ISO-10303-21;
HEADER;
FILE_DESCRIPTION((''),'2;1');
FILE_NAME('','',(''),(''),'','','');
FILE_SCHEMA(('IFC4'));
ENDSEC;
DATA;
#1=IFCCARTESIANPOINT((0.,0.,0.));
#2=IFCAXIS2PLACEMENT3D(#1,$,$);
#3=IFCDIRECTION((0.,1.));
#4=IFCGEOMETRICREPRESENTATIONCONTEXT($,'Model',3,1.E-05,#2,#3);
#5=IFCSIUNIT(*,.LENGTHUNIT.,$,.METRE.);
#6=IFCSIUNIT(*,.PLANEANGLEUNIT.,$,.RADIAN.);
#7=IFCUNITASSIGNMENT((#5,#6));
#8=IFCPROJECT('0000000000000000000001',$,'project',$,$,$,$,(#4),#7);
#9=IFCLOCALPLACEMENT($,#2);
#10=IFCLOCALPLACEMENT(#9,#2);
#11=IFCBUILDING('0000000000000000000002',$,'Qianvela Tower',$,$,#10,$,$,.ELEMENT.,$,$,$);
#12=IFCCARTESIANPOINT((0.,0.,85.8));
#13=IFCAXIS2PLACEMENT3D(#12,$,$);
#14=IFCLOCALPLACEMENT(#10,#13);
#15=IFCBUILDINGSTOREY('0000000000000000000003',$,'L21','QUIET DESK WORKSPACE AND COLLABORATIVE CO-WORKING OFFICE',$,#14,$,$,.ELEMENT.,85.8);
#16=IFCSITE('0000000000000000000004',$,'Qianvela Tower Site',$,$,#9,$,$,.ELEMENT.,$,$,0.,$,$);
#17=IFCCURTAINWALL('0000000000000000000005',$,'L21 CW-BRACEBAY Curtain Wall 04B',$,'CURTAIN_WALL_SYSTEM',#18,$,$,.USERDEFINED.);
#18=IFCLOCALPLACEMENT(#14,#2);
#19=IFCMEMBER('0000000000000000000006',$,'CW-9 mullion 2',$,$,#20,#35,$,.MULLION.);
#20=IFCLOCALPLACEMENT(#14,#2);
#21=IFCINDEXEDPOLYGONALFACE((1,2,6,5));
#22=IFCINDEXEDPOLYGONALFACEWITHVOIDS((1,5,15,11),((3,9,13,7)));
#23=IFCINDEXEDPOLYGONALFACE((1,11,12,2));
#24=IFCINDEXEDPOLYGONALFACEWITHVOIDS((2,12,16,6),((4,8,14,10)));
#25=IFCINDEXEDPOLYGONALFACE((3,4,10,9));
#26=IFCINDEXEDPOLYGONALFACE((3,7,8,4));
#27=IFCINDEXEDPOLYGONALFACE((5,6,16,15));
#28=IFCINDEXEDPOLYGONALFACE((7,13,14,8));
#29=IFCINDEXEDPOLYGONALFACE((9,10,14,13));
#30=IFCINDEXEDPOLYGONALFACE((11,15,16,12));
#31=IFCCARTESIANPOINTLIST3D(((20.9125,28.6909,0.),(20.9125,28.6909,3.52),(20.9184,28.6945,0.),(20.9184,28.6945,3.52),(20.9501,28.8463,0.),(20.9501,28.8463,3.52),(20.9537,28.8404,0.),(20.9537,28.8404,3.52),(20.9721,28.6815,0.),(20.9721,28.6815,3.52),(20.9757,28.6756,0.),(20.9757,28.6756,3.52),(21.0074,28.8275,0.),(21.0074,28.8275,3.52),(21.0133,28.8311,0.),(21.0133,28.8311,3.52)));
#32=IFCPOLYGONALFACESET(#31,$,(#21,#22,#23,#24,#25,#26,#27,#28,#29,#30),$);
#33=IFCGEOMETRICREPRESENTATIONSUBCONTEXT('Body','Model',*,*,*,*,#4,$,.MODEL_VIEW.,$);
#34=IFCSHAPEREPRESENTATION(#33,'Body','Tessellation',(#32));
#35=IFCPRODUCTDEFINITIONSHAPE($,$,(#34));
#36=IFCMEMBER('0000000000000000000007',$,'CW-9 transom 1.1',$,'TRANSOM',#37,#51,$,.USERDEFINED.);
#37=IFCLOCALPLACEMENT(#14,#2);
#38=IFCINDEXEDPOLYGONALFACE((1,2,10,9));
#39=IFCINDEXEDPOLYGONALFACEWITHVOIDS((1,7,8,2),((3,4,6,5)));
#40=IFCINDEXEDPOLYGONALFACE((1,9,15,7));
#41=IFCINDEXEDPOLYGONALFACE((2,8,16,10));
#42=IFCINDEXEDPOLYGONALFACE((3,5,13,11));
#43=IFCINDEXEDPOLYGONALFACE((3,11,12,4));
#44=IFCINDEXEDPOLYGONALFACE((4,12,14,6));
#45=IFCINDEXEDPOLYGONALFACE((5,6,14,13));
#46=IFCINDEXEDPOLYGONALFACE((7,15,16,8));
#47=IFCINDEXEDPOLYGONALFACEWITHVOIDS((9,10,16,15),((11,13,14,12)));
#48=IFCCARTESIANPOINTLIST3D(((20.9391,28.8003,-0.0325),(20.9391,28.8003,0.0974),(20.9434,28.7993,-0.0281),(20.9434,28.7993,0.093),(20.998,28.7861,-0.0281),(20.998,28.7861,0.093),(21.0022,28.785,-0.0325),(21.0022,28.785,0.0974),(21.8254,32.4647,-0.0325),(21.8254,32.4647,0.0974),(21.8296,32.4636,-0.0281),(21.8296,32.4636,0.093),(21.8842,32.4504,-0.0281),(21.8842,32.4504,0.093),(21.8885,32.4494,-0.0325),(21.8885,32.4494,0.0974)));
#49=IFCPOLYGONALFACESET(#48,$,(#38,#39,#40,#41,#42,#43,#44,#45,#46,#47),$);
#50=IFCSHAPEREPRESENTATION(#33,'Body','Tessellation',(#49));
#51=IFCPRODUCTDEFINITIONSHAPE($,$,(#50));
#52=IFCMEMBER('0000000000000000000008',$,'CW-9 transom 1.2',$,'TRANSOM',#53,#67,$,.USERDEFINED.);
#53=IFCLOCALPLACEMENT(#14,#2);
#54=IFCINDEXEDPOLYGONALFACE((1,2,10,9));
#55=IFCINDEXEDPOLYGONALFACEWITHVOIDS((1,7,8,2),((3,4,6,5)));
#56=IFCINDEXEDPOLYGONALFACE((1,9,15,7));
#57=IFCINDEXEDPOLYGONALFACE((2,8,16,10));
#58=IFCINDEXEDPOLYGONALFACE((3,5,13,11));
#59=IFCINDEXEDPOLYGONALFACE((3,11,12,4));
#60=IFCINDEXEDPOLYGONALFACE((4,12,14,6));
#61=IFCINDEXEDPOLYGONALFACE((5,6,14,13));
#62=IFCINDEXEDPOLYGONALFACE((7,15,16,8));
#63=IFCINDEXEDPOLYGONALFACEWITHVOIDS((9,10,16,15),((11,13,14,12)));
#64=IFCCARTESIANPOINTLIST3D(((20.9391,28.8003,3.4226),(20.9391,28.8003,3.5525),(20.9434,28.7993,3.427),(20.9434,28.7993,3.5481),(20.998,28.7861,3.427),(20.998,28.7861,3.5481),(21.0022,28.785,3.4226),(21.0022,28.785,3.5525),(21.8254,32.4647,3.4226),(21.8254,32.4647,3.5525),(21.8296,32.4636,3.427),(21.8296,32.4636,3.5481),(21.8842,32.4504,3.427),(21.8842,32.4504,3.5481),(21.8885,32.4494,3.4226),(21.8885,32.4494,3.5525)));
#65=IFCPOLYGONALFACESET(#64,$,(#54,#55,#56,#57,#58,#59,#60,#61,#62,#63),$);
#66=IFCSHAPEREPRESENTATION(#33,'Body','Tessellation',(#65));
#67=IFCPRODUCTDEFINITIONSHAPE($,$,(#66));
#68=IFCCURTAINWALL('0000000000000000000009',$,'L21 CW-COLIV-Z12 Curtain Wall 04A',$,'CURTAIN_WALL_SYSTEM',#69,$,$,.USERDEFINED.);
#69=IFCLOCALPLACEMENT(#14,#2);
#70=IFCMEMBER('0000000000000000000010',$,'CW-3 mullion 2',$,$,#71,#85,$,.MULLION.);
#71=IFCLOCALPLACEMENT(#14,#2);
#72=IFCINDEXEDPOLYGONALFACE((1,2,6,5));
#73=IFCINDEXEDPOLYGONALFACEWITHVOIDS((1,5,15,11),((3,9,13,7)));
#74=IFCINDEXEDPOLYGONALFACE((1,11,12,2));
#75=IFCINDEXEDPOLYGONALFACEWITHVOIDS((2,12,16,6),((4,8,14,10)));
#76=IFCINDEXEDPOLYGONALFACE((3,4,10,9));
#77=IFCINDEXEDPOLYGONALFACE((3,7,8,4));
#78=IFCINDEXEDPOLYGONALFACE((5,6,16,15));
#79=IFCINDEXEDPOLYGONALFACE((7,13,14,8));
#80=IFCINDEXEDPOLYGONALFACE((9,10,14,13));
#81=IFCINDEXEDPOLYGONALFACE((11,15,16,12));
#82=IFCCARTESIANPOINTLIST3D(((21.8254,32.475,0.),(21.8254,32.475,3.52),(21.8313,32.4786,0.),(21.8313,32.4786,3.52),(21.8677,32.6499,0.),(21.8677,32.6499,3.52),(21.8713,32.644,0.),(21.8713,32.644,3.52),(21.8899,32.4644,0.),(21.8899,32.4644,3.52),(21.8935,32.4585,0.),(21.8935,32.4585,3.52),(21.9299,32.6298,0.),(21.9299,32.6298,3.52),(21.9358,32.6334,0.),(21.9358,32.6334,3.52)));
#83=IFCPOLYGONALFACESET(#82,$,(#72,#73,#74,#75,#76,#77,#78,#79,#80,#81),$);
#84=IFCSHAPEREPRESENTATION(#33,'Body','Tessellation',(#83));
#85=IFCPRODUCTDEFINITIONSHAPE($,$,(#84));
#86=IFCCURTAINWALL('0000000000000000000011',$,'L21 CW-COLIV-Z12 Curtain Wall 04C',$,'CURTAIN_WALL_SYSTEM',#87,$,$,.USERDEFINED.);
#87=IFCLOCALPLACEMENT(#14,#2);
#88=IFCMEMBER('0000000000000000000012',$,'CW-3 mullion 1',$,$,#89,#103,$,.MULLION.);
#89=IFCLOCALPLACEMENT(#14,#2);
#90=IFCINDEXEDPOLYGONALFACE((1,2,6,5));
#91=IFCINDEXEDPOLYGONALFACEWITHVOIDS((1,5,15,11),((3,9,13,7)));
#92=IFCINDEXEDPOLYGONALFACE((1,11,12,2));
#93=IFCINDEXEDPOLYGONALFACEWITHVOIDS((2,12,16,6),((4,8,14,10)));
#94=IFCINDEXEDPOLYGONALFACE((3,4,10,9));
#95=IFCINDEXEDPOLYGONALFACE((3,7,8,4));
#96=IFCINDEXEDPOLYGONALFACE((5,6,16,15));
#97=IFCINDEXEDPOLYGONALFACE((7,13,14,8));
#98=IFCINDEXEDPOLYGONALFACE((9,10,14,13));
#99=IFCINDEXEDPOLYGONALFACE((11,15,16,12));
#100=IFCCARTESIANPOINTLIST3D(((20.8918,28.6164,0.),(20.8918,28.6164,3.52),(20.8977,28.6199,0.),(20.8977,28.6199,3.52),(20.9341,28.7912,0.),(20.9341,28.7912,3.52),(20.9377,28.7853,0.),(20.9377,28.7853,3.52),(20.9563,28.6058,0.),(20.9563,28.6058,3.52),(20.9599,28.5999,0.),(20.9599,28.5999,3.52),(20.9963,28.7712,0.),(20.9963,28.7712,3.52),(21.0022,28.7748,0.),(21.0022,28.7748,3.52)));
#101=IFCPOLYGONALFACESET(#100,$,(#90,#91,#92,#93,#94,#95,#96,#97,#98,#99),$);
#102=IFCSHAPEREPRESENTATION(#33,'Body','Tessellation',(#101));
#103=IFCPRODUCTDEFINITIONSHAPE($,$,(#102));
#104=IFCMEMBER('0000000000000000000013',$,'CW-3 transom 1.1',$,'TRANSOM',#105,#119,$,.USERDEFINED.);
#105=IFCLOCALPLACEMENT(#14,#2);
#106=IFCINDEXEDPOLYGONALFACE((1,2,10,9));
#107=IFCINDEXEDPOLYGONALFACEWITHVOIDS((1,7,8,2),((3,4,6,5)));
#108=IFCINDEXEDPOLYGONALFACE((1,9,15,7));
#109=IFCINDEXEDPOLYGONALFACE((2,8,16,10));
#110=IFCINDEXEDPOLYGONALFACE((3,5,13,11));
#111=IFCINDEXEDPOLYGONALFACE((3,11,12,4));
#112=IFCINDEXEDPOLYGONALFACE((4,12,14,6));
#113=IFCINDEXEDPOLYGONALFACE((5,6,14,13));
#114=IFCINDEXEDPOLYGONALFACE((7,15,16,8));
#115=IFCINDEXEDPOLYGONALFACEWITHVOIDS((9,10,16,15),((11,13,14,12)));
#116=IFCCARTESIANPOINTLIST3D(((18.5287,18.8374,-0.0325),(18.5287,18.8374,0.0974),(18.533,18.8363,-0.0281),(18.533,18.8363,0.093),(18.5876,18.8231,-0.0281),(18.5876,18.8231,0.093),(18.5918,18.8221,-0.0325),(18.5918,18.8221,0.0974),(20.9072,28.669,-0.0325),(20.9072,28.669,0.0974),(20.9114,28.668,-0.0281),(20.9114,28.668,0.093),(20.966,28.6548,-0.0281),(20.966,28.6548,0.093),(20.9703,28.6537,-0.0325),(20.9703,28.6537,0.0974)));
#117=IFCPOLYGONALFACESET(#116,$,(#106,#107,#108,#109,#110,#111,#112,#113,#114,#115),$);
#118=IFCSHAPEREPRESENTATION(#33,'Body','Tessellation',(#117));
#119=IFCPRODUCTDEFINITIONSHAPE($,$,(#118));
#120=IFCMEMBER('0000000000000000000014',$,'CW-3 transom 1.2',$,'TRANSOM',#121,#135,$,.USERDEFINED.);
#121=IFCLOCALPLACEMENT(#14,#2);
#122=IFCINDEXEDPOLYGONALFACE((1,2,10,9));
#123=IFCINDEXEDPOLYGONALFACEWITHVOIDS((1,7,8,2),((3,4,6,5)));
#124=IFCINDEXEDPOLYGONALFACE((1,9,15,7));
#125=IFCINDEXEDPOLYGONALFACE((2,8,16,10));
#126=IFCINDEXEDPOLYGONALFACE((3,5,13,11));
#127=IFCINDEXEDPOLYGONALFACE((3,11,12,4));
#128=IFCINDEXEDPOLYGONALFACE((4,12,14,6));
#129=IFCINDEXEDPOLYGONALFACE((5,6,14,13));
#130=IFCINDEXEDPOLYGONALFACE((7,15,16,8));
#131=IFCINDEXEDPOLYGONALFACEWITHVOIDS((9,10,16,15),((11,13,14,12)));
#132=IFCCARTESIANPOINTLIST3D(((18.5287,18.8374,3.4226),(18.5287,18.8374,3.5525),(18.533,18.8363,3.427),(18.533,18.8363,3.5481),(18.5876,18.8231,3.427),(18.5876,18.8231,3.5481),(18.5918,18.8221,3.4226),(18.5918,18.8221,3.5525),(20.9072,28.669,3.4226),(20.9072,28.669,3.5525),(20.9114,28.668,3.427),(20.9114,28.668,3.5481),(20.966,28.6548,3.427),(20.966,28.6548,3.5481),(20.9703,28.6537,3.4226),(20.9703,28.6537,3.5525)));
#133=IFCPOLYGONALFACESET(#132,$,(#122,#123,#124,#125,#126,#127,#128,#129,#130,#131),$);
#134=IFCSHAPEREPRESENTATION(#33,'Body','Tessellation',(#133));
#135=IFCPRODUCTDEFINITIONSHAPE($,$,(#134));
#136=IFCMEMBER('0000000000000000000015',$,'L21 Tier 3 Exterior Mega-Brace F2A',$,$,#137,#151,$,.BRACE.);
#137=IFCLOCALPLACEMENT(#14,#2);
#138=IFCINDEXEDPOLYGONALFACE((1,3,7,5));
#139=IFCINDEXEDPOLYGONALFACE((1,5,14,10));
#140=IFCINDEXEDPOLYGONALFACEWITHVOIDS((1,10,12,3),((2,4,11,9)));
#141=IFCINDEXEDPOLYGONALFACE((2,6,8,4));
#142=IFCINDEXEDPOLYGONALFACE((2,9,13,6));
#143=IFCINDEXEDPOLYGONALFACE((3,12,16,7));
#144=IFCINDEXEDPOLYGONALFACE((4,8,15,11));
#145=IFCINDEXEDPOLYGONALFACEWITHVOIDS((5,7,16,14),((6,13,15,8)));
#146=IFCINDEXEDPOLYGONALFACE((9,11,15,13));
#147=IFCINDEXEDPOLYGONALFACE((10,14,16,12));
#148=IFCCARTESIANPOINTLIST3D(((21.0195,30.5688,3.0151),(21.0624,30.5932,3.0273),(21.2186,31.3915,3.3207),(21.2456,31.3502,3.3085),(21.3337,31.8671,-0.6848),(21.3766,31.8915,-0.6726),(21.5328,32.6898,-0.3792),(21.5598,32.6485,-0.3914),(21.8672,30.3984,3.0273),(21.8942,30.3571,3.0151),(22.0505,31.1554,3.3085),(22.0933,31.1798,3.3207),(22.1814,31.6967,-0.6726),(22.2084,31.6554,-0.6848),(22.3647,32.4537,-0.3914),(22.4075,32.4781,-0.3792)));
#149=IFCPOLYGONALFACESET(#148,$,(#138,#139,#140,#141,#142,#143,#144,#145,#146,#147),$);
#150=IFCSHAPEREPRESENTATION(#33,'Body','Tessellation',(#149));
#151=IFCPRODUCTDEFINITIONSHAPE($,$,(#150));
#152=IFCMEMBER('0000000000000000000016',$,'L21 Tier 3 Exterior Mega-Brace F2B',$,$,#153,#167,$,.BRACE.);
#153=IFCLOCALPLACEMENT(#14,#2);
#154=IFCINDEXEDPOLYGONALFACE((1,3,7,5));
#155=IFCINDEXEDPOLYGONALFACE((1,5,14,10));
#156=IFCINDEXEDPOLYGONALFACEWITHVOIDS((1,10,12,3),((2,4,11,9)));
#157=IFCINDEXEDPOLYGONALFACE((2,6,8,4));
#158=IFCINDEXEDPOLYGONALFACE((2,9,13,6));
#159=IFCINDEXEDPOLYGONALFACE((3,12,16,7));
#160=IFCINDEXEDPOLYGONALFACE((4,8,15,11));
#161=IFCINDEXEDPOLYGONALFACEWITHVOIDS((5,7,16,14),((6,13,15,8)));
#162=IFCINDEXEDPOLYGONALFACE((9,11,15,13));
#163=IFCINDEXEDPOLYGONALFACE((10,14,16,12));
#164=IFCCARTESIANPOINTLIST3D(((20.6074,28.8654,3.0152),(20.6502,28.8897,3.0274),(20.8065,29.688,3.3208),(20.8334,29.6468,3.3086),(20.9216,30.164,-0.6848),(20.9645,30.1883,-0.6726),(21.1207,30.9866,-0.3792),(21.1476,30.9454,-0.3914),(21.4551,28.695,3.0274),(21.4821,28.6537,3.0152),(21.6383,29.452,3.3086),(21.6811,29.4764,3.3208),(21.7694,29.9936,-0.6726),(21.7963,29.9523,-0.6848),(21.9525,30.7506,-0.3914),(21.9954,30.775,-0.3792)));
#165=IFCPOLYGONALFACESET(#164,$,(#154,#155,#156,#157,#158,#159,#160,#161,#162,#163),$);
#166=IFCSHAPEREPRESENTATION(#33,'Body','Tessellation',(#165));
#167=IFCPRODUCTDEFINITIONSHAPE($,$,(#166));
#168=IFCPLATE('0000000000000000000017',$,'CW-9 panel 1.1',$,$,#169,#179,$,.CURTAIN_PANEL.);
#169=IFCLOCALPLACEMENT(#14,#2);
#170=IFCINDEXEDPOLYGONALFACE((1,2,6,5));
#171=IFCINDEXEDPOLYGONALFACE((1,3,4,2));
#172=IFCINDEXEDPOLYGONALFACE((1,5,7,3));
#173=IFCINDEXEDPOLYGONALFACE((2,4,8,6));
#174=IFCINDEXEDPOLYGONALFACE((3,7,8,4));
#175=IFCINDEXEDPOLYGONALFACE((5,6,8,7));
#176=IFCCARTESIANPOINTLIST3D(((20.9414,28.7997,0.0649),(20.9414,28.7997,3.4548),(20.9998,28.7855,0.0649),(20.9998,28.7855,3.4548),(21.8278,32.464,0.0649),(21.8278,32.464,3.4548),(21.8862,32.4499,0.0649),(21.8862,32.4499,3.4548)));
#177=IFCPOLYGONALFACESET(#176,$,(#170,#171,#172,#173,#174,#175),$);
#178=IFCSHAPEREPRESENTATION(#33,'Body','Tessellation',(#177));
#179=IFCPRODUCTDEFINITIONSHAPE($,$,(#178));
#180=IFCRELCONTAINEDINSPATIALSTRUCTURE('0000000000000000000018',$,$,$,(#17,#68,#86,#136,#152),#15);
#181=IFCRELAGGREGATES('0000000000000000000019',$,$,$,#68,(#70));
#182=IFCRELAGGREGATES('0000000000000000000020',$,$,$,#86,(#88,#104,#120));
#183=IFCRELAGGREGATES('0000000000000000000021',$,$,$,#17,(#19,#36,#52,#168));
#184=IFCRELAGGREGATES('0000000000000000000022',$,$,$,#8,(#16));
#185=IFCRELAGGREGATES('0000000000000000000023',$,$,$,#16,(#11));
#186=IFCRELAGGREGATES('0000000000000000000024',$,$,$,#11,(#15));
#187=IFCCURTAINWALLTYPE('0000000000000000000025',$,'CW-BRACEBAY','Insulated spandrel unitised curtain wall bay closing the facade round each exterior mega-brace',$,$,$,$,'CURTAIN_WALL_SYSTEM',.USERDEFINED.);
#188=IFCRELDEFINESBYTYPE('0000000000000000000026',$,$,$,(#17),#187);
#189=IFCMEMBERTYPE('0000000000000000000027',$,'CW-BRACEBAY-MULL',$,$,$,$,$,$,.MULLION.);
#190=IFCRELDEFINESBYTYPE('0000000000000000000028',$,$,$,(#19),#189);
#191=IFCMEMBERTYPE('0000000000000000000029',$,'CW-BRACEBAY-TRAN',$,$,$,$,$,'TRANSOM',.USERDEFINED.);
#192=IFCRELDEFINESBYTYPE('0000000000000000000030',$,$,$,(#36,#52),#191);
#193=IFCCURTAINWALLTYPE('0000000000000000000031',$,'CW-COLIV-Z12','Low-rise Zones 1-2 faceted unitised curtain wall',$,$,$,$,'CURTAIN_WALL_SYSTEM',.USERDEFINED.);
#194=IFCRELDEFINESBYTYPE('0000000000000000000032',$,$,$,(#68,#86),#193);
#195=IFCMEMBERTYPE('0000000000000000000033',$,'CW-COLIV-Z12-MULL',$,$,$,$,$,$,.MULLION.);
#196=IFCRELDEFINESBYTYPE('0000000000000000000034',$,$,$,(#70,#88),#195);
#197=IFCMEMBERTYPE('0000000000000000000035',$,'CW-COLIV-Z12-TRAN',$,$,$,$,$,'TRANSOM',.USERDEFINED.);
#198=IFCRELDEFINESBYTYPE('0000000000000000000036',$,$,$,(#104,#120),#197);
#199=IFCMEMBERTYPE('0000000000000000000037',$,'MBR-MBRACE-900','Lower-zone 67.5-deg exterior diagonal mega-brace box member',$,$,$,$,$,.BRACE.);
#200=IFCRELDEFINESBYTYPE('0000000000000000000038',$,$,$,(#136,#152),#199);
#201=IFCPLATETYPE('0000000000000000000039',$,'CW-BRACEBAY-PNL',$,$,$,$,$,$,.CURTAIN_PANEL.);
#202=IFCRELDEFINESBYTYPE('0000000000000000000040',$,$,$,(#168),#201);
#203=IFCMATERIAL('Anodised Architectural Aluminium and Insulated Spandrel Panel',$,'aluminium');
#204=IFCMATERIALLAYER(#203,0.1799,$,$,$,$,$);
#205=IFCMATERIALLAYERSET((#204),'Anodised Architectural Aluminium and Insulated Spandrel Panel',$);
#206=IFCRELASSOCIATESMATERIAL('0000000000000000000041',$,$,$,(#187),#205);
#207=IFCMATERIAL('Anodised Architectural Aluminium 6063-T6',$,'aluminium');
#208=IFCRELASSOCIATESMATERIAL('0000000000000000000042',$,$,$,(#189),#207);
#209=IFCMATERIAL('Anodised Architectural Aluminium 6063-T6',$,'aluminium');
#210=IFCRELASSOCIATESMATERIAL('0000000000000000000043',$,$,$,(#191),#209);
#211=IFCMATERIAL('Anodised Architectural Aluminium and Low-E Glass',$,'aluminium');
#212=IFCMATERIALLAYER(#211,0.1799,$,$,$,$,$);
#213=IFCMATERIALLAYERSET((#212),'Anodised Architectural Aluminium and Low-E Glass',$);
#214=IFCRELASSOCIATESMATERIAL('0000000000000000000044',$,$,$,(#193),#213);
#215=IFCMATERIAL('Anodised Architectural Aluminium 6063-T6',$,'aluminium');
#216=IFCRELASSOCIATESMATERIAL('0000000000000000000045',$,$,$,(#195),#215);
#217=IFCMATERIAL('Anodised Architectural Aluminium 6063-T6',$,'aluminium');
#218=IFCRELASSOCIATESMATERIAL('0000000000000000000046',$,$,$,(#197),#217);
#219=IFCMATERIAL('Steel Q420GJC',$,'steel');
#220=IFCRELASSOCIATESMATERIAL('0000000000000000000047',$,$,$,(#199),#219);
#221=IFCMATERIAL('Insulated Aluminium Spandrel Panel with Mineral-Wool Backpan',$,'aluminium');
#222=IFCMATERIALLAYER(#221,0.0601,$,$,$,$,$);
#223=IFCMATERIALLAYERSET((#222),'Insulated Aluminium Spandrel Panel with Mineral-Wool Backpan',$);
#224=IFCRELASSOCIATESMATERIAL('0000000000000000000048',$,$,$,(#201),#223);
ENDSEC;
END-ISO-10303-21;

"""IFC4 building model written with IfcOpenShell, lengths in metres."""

from ifc_helpers import new_model, si_unit, direction, frame, origin, origin_2d, place, context, subcontext, project, spatial, rectangle, hollow_rectangle, extrude, material, layer, layer_set, material_profile, profile_set, type_object, element, aggregate, save


model = new_model("IFC4")

# Units and contexts
model_context = context("Model", 3, precision=1e-05, world=origin(), true_north=direction((0.0, 1.0)))
body_context = subcontext(model_context, "Body", "Model", "MODEL_VIEW")
ifc_project = project(units=[si_unit("LENGTHUNIT", "METRE"), si_unit("PLANEANGLEUNIT", "RADIAN")], contexts=[model_context])

# Site, building, storey
site_placement = place(None, origin())
site = spatial("IfcSite", under=ifc_project, at=site_placement, Name="Qianvela Tower Site", CompositionType="ELEMENT", RefElevation=0.0)
building_placement = place(site_placement, origin())
building = spatial("IfcBuilding", under=site, at=building_placement, Name="Qianvela Tower", CompositionType="ELEMENT")
storey_placement = place(building_placement, frame((0.0, 0.0, 85.8)))
storey = spatial("IfcBuildingStorey", under=building, at=storey_placement, Name="L21", Description="QUIET DESK WORKSPACE AND COLLABORATIVE CO-WORKING OFFICE", CompositionType="ELEMENT", Elevation=85.8)

# Curtain wall, members
ifc_material_1 = material(Name="Anodised Architectural Aluminium and Insulated Spandrel Panel", Category="aluminium")
ifc_layer_1 = layer(ifc_material_1, 0.1799)
ifc_layer_set_1 = layer_set([ifc_layer_1], Name="Anodised Architectural Aluminium and Insulated Spandrel Panel")
curtain_wall_type_1 = type_object("IfcCurtainWallType", Name="CW-BRACEBAY", Description="Insulated spandrel unitised curtain wall bay closing the facade round each exterior mega-brace", ElementType="CURTAIN_WALL_SYSTEM", PredefinedType="USERDEFINED", material=ifc_layer_set_1)
curtain_wall_1_placement = place(storey_placement, origin())
curtain_wall_1 = element("IfcCurtainWall", 1, at=curtain_wall_1_placement, inside=storey, type_object=curtain_wall_type_1, Name="L21 CW-BRACEBAY Curtain Wall 04B", ObjectType="CURTAIN_WALL_SYSTEM", PredefinedType="USERDEFINED")
ifc_material_2 = material(Name="Anodised Architectural Aluminium 6063-T6", Category="aluminium")
ifc_material_profile_1 = material_profile(ifc_material_2, hollow_rectangle(XDim=0.0649, YDim=0.1599, WallThickness=0.0049, at=origin_2d()), Name="ALU-MULL-65x160")
ifc_profile_set_1 = profile_set([ifc_material_profile_1], Name="Anodised Architectural Aluminium 6063-T6")
member_type_1 = type_object("IfcMemberType", Name="CW-BRACEBAY-MULL", PredefinedType="MULLION", material=ifc_profile_set_1)
member_1_placement = place(storey_placement, frame((20.9629, 28.761, 0.0), z_axis=(0.0, 0.0, 1.0), x_axis=(0.971965, -0.235126, 0.0)))
member_1 = element("IfcMember", 2, at=member_1_placement, type_object=member_type_1, Name="CW-9 mullion 2", PredefinedType="MULLION", context=body_context, shape_type="SweptSolid", body=[
    extrude(hollow_rectangle(XDim=0.0649, YDim=0.1599, WallThickness=0.0049, at=origin_2d()), origin(), (0.0, 0.0, 1.0), 3.52),
])
ifc_material_3 = material(Name="Anodised Architectural Aluminium 6063-T6", Category="aluminium")
ifc_material_profile_2 = material_profile(ifc_material_3, hollow_rectangle(XDim=0.0649, YDim=0.1299, WallThickness=0.0044, at=origin_2d()), Name="ALU-TRAN-65x130")
ifc_profile_set_2 = profile_set([ifc_material_profile_2], Name="Anodised Architectural Aluminium 6063-T6")
member_type_2 = type_object("IfcMemberType", Name="CW-BRACEBAY-TRAN", ElementType="TRANSOM", PredefinedType="USERDEFINED", material=ifc_profile_set_2)
member_2_placement = place(storey_placement, frame((21.8569, 32.457, 0.0325), z_axis=(-0.235077, -0.971977, 0.0), x_axis=(0.971977, -0.235077, 0.0)))
member_2 = element("IfcMember", 3, at=member_2_placement, type_object=member_type_2, Name="CW-9 transom 1.1", ObjectType="TRANSOM", PredefinedType="USERDEFINED", context=body_context, shape_type="SweptSolid", body=[
    extrude(hollow_rectangle(XDim=0.0649, YDim=0.1299, WallThickness=0.0044, at=origin_2d()), origin(), (0.0, 0.0, 1.0), 3.77),
])
member_3_placement = place(storey_placement, frame((21.8569, 32.457, 3.4875), z_axis=(-0.235077, -0.971977, 0.0), x_axis=(0.971977, -0.235077, 0.0)))
member_3 = element("IfcMember", 4, at=member_3_placement, type_object=member_type_2, Name="CW-9 transom 1.2", ObjectType="TRANSOM", PredefinedType="USERDEFINED", context=body_context, shape_type="SweptSolid", body=[
    extrude(hollow_rectangle(XDim=0.0649, YDim=0.1299, WallThickness=0.0044, at=origin_2d()), origin(), (0.0, 0.0, 1.0), 3.77),
])

# Curtain wall, member
ifc_material_4 = material(Name="Anodised Architectural Aluminium and Low-E Glass", Category="aluminium")
ifc_layer_2 = layer(ifc_material_4, 0.1799)
ifc_layer_set_2 = layer_set([ifc_layer_2], Name="Anodised Architectural Aluminium and Low-E Glass")
curtain_wall_type_2 = type_object("IfcCurtainWallType", Name="CW-COLIV-Z12", Description="Low-rise Zones 1-2 faceted unitised curtain wall", ElementType="CURTAIN_WALL_SYSTEM", PredefinedType="USERDEFINED", material=ifc_layer_set_2)
curtain_wall_2_placement = place(storey_placement, origin())
curtain_wall_2 = element("IfcCurtainWall", 5, at=curtain_wall_2_placement, inside=storey, type_object=curtain_wall_type_2, Name="L21 CW-COLIV-Z12 Curtain Wall 04A", ObjectType="CURTAIN_WALL_SYSTEM", PredefinedType="USERDEFINED")
ifc_material_5 = material(Name="Anodised Architectural Aluminium 6063-T6", Category="aluminium")
ifc_material_profile_3 = material_profile(ifc_material_5, hollow_rectangle(XDim=0.0701, YDim=0.1799, WallThickness=0.0049, at=origin_2d()), Name="ALU-MULL-70x180")
ifc_profile_set_3 = profile_set([ifc_material_profile_3], Name="Anodised Architectural Aluminium 6063-T6")
member_type_3 = type_object("IfcMemberType", Name="CW-COLIV-Z12-MULL", PredefinedType="MULLION", material=ifc_profile_set_3)
member_4_placement = place(storey_placement, frame((21.8806, 32.5542, 0.0), z_axis=(0.0, 0.0, 1.0), x_axis=(0.971961, -0.235142, 0.0)))
member_4 = element("IfcMember", 6, at=member_4_placement, type_object=member_type_3, Name="CW-3 mullion 2", PredefinedType="MULLION", context=body_context, shape_type="SweptSolid", body=[
    extrude(hollow_rectangle(XDim=0.0701, YDim=0.1799, WallThickness=0.0049, at=origin_2d()), origin(), (0.0, 0.0, 1.0), 3.52),
])
aggregate(curtain_wall_2, [member_4])

# Curtain wall, members
curtain_wall_3_placement = place(storey_placement, origin())
curtain_wall_3 = element("IfcCurtainWall", 7, at=curtain_wall_3_placement, inside=storey, type_object=curtain_wall_type_2, Name="L21 CW-COLIV-Z12 Curtain Wall 04C", ObjectType="CURTAIN_WALL_SYSTEM", PredefinedType="USERDEFINED")
member_5_placement = place(storey_placement, frame((20.947, 28.6956, 0.0), z_axis=(0.0, 0.0, 1.0), x_axis=(0.971962, -0.235138, 0.0)))
member_5 = element("IfcMember", 8, at=member_5_placement, type_object=member_type_3, Name="CW-3 mullion 1", PredefinedType="MULLION", context=body_context, shape_type="SweptSolid", body=[
    extrude(hollow_rectangle(XDim=0.0701, YDim=0.1799, WallThickness=0.0049, at=origin_2d()), origin(), (0.0, 0.0, 1.0), 3.52),
])
ifc_material_6 = material(Name="Anodised Architectural Aluminium 6063-T6", Category="aluminium")
ifc_material_profile_4 = material_profile(ifc_material_6, hollow_rectangle(XDim=0.0649, YDim=0.1299, WallThickness=0.0044, at=origin_2d()), Name="ALU-TRAN-65x130")
ifc_profile_set_4 = profile_set([ifc_material_profile_4], Name="Anodised Architectural Aluminium 6063-T6")
member_type_4 = type_object("IfcMemberType", Name="CW-COLIV-Z12-TRAN", ElementType="TRANSOM", PredefinedType="USERDEFINED", material=ifc_profile_set_4)
member_6_placement = place(storey_placement, frame((20.9387, 28.6614, 0.0325), z_axis=(-0.235134, -0.971963, 0.0), x_axis=(0.971963, -0.235134, 0.0)))
member_6 = element("IfcMember", 9, at=member_6_placement, type_object=member_type_4, Name="CW-3 transom 1.1", ObjectType="TRANSOM", PredefinedType="USERDEFINED", context=body_context, shape_type="SweptSolid", body=[
    extrude(hollow_rectangle(XDim=0.0649, YDim=0.1299, WallThickness=0.0044, at=origin_2d()), origin(), (0.0, 0.0, 1.0), 10.1152),
])
member_7_placement = place(storey_placement, frame((20.9387, 28.6614, 3.4875), z_axis=(-0.235134, -0.971963, 0.0), x_axis=(0.971963, -0.235134, 0.0)))
member_7 = element("IfcMember", 10, at=member_7_placement, type_object=member_type_4, Name="CW-3 transom 1.2", ObjectType="TRANSOM", PredefinedType="USERDEFINED", context=body_context, shape_type="SweptSolid", body=[
    extrude(hollow_rectangle(XDim=0.0649, YDim=0.1299, WallThickness=0.0044, at=origin_2d()), origin(), (0.0, 0.0, 1.0), 10.1152),
])
aggregate(curtain_wall_3, [member_5, member_6, member_7])

# Members
ifc_material_7 = material(Name="Steel Q420GJC", Category="steel")
ifc_material_profile_5 = material_profile(ifc_material_7, hollow_rectangle(XDim=0.8999, YDim=0.8999, WallThickness=0.0359, at=origin_2d()), Name="MBOX-900x900x36")
ifc_profile_set_5 = profile_set([ifc_material_profile_5], Name="Steel Q420GJC")
member_type_5 = type_object("IfcMemberType", Name="MBR-MBRACE-900", Description="Lower-zone 67.5-deg exterior diagonal mega-brace box member", PredefinedType="BRACE", material=ifc_profile_set_5)
member_8_placement = place(storey_placement, frame((21.8706, 32.1726, -0.532), z_axis=(-0.079876, -0.330055, 0.940576), x_axis=(0.971943, -0.235218, 0.0)))
element("IfcMember", 11, at=member_8_placement, inside=storey, type_object=member_type_5, Name="L21 Tier 3 Exterior Mega-Brace F2A", PredefinedType="BRACE", context=body_context, shape_type="SweptSolid", body=[
    extrude(hollow_rectangle(XDim=0.8999, YDim=0.8999, WallThickness=0.0359, at=origin_2d()), origin(), (0.0, 0.0, 1.0), 3.9336),
])
member_9_placement = place(storey_placement, frame((21.4585, 30.4695, -0.532), z_axis=(-0.079874, -0.33011, 0.940557), x_axis=(0.971953, -0.235176, 0.0)))
element("IfcMember", 12, at=member_9_placement, inside=storey, type_object=member_type_5, Name="L21 Tier 3 Exterior Mega-Brace F2B", PredefinedType="BRACE", context=body_context, shape_type="SweptSolid", body=[
    extrude(hollow_rectangle(XDim=0.8999, YDim=0.8999, WallThickness=0.0359, at=origin_2d()), origin(), (0.0, 0.0, 1.0), 3.9338),
])

# Plate
ifc_material_8 = material(Name="Insulated Aluminium Spandrel Panel with Mineral-Wool Backpan", Category="aluminium")
ifc_layer_3 = layer(ifc_material_8, 0.0601)
ifc_layer_set_3 = layer_set([ifc_layer_3], Name="Insulated Aluminium Spandrel Panel with Mineral-Wool Backpan")
plate_type = type_object("IfcPlateType", Name="CW-BRACEBAY-PNL", PredefinedType="CURTAIN_PANEL", material=ifc_layer_set_3)
plate_placement = place(storey_placement, frame((21.4138, 30.6248, 0.0649), z_axis=(0.0, 0.0, 1.0), x_axis=(-0.235126, -0.971965, 0.0)))
plate = element("IfcPlate", 13, at=plate_placement, type_object=plate_type, Name="CW-9 panel 1.1", PredefinedType="CURTAIN_PANEL", context=body_context, shape_type="SweptSolid", body=[
    extrude(rectangle(XDim=3.77, YDim=0.0601, at=origin_2d()), origin(), (0.0, 0.0, 1.0), 3.3899),
])
aggregate(curtain_wall_1, [member_1, member_2, member_3, plate])

save(model, "model.ifc")
